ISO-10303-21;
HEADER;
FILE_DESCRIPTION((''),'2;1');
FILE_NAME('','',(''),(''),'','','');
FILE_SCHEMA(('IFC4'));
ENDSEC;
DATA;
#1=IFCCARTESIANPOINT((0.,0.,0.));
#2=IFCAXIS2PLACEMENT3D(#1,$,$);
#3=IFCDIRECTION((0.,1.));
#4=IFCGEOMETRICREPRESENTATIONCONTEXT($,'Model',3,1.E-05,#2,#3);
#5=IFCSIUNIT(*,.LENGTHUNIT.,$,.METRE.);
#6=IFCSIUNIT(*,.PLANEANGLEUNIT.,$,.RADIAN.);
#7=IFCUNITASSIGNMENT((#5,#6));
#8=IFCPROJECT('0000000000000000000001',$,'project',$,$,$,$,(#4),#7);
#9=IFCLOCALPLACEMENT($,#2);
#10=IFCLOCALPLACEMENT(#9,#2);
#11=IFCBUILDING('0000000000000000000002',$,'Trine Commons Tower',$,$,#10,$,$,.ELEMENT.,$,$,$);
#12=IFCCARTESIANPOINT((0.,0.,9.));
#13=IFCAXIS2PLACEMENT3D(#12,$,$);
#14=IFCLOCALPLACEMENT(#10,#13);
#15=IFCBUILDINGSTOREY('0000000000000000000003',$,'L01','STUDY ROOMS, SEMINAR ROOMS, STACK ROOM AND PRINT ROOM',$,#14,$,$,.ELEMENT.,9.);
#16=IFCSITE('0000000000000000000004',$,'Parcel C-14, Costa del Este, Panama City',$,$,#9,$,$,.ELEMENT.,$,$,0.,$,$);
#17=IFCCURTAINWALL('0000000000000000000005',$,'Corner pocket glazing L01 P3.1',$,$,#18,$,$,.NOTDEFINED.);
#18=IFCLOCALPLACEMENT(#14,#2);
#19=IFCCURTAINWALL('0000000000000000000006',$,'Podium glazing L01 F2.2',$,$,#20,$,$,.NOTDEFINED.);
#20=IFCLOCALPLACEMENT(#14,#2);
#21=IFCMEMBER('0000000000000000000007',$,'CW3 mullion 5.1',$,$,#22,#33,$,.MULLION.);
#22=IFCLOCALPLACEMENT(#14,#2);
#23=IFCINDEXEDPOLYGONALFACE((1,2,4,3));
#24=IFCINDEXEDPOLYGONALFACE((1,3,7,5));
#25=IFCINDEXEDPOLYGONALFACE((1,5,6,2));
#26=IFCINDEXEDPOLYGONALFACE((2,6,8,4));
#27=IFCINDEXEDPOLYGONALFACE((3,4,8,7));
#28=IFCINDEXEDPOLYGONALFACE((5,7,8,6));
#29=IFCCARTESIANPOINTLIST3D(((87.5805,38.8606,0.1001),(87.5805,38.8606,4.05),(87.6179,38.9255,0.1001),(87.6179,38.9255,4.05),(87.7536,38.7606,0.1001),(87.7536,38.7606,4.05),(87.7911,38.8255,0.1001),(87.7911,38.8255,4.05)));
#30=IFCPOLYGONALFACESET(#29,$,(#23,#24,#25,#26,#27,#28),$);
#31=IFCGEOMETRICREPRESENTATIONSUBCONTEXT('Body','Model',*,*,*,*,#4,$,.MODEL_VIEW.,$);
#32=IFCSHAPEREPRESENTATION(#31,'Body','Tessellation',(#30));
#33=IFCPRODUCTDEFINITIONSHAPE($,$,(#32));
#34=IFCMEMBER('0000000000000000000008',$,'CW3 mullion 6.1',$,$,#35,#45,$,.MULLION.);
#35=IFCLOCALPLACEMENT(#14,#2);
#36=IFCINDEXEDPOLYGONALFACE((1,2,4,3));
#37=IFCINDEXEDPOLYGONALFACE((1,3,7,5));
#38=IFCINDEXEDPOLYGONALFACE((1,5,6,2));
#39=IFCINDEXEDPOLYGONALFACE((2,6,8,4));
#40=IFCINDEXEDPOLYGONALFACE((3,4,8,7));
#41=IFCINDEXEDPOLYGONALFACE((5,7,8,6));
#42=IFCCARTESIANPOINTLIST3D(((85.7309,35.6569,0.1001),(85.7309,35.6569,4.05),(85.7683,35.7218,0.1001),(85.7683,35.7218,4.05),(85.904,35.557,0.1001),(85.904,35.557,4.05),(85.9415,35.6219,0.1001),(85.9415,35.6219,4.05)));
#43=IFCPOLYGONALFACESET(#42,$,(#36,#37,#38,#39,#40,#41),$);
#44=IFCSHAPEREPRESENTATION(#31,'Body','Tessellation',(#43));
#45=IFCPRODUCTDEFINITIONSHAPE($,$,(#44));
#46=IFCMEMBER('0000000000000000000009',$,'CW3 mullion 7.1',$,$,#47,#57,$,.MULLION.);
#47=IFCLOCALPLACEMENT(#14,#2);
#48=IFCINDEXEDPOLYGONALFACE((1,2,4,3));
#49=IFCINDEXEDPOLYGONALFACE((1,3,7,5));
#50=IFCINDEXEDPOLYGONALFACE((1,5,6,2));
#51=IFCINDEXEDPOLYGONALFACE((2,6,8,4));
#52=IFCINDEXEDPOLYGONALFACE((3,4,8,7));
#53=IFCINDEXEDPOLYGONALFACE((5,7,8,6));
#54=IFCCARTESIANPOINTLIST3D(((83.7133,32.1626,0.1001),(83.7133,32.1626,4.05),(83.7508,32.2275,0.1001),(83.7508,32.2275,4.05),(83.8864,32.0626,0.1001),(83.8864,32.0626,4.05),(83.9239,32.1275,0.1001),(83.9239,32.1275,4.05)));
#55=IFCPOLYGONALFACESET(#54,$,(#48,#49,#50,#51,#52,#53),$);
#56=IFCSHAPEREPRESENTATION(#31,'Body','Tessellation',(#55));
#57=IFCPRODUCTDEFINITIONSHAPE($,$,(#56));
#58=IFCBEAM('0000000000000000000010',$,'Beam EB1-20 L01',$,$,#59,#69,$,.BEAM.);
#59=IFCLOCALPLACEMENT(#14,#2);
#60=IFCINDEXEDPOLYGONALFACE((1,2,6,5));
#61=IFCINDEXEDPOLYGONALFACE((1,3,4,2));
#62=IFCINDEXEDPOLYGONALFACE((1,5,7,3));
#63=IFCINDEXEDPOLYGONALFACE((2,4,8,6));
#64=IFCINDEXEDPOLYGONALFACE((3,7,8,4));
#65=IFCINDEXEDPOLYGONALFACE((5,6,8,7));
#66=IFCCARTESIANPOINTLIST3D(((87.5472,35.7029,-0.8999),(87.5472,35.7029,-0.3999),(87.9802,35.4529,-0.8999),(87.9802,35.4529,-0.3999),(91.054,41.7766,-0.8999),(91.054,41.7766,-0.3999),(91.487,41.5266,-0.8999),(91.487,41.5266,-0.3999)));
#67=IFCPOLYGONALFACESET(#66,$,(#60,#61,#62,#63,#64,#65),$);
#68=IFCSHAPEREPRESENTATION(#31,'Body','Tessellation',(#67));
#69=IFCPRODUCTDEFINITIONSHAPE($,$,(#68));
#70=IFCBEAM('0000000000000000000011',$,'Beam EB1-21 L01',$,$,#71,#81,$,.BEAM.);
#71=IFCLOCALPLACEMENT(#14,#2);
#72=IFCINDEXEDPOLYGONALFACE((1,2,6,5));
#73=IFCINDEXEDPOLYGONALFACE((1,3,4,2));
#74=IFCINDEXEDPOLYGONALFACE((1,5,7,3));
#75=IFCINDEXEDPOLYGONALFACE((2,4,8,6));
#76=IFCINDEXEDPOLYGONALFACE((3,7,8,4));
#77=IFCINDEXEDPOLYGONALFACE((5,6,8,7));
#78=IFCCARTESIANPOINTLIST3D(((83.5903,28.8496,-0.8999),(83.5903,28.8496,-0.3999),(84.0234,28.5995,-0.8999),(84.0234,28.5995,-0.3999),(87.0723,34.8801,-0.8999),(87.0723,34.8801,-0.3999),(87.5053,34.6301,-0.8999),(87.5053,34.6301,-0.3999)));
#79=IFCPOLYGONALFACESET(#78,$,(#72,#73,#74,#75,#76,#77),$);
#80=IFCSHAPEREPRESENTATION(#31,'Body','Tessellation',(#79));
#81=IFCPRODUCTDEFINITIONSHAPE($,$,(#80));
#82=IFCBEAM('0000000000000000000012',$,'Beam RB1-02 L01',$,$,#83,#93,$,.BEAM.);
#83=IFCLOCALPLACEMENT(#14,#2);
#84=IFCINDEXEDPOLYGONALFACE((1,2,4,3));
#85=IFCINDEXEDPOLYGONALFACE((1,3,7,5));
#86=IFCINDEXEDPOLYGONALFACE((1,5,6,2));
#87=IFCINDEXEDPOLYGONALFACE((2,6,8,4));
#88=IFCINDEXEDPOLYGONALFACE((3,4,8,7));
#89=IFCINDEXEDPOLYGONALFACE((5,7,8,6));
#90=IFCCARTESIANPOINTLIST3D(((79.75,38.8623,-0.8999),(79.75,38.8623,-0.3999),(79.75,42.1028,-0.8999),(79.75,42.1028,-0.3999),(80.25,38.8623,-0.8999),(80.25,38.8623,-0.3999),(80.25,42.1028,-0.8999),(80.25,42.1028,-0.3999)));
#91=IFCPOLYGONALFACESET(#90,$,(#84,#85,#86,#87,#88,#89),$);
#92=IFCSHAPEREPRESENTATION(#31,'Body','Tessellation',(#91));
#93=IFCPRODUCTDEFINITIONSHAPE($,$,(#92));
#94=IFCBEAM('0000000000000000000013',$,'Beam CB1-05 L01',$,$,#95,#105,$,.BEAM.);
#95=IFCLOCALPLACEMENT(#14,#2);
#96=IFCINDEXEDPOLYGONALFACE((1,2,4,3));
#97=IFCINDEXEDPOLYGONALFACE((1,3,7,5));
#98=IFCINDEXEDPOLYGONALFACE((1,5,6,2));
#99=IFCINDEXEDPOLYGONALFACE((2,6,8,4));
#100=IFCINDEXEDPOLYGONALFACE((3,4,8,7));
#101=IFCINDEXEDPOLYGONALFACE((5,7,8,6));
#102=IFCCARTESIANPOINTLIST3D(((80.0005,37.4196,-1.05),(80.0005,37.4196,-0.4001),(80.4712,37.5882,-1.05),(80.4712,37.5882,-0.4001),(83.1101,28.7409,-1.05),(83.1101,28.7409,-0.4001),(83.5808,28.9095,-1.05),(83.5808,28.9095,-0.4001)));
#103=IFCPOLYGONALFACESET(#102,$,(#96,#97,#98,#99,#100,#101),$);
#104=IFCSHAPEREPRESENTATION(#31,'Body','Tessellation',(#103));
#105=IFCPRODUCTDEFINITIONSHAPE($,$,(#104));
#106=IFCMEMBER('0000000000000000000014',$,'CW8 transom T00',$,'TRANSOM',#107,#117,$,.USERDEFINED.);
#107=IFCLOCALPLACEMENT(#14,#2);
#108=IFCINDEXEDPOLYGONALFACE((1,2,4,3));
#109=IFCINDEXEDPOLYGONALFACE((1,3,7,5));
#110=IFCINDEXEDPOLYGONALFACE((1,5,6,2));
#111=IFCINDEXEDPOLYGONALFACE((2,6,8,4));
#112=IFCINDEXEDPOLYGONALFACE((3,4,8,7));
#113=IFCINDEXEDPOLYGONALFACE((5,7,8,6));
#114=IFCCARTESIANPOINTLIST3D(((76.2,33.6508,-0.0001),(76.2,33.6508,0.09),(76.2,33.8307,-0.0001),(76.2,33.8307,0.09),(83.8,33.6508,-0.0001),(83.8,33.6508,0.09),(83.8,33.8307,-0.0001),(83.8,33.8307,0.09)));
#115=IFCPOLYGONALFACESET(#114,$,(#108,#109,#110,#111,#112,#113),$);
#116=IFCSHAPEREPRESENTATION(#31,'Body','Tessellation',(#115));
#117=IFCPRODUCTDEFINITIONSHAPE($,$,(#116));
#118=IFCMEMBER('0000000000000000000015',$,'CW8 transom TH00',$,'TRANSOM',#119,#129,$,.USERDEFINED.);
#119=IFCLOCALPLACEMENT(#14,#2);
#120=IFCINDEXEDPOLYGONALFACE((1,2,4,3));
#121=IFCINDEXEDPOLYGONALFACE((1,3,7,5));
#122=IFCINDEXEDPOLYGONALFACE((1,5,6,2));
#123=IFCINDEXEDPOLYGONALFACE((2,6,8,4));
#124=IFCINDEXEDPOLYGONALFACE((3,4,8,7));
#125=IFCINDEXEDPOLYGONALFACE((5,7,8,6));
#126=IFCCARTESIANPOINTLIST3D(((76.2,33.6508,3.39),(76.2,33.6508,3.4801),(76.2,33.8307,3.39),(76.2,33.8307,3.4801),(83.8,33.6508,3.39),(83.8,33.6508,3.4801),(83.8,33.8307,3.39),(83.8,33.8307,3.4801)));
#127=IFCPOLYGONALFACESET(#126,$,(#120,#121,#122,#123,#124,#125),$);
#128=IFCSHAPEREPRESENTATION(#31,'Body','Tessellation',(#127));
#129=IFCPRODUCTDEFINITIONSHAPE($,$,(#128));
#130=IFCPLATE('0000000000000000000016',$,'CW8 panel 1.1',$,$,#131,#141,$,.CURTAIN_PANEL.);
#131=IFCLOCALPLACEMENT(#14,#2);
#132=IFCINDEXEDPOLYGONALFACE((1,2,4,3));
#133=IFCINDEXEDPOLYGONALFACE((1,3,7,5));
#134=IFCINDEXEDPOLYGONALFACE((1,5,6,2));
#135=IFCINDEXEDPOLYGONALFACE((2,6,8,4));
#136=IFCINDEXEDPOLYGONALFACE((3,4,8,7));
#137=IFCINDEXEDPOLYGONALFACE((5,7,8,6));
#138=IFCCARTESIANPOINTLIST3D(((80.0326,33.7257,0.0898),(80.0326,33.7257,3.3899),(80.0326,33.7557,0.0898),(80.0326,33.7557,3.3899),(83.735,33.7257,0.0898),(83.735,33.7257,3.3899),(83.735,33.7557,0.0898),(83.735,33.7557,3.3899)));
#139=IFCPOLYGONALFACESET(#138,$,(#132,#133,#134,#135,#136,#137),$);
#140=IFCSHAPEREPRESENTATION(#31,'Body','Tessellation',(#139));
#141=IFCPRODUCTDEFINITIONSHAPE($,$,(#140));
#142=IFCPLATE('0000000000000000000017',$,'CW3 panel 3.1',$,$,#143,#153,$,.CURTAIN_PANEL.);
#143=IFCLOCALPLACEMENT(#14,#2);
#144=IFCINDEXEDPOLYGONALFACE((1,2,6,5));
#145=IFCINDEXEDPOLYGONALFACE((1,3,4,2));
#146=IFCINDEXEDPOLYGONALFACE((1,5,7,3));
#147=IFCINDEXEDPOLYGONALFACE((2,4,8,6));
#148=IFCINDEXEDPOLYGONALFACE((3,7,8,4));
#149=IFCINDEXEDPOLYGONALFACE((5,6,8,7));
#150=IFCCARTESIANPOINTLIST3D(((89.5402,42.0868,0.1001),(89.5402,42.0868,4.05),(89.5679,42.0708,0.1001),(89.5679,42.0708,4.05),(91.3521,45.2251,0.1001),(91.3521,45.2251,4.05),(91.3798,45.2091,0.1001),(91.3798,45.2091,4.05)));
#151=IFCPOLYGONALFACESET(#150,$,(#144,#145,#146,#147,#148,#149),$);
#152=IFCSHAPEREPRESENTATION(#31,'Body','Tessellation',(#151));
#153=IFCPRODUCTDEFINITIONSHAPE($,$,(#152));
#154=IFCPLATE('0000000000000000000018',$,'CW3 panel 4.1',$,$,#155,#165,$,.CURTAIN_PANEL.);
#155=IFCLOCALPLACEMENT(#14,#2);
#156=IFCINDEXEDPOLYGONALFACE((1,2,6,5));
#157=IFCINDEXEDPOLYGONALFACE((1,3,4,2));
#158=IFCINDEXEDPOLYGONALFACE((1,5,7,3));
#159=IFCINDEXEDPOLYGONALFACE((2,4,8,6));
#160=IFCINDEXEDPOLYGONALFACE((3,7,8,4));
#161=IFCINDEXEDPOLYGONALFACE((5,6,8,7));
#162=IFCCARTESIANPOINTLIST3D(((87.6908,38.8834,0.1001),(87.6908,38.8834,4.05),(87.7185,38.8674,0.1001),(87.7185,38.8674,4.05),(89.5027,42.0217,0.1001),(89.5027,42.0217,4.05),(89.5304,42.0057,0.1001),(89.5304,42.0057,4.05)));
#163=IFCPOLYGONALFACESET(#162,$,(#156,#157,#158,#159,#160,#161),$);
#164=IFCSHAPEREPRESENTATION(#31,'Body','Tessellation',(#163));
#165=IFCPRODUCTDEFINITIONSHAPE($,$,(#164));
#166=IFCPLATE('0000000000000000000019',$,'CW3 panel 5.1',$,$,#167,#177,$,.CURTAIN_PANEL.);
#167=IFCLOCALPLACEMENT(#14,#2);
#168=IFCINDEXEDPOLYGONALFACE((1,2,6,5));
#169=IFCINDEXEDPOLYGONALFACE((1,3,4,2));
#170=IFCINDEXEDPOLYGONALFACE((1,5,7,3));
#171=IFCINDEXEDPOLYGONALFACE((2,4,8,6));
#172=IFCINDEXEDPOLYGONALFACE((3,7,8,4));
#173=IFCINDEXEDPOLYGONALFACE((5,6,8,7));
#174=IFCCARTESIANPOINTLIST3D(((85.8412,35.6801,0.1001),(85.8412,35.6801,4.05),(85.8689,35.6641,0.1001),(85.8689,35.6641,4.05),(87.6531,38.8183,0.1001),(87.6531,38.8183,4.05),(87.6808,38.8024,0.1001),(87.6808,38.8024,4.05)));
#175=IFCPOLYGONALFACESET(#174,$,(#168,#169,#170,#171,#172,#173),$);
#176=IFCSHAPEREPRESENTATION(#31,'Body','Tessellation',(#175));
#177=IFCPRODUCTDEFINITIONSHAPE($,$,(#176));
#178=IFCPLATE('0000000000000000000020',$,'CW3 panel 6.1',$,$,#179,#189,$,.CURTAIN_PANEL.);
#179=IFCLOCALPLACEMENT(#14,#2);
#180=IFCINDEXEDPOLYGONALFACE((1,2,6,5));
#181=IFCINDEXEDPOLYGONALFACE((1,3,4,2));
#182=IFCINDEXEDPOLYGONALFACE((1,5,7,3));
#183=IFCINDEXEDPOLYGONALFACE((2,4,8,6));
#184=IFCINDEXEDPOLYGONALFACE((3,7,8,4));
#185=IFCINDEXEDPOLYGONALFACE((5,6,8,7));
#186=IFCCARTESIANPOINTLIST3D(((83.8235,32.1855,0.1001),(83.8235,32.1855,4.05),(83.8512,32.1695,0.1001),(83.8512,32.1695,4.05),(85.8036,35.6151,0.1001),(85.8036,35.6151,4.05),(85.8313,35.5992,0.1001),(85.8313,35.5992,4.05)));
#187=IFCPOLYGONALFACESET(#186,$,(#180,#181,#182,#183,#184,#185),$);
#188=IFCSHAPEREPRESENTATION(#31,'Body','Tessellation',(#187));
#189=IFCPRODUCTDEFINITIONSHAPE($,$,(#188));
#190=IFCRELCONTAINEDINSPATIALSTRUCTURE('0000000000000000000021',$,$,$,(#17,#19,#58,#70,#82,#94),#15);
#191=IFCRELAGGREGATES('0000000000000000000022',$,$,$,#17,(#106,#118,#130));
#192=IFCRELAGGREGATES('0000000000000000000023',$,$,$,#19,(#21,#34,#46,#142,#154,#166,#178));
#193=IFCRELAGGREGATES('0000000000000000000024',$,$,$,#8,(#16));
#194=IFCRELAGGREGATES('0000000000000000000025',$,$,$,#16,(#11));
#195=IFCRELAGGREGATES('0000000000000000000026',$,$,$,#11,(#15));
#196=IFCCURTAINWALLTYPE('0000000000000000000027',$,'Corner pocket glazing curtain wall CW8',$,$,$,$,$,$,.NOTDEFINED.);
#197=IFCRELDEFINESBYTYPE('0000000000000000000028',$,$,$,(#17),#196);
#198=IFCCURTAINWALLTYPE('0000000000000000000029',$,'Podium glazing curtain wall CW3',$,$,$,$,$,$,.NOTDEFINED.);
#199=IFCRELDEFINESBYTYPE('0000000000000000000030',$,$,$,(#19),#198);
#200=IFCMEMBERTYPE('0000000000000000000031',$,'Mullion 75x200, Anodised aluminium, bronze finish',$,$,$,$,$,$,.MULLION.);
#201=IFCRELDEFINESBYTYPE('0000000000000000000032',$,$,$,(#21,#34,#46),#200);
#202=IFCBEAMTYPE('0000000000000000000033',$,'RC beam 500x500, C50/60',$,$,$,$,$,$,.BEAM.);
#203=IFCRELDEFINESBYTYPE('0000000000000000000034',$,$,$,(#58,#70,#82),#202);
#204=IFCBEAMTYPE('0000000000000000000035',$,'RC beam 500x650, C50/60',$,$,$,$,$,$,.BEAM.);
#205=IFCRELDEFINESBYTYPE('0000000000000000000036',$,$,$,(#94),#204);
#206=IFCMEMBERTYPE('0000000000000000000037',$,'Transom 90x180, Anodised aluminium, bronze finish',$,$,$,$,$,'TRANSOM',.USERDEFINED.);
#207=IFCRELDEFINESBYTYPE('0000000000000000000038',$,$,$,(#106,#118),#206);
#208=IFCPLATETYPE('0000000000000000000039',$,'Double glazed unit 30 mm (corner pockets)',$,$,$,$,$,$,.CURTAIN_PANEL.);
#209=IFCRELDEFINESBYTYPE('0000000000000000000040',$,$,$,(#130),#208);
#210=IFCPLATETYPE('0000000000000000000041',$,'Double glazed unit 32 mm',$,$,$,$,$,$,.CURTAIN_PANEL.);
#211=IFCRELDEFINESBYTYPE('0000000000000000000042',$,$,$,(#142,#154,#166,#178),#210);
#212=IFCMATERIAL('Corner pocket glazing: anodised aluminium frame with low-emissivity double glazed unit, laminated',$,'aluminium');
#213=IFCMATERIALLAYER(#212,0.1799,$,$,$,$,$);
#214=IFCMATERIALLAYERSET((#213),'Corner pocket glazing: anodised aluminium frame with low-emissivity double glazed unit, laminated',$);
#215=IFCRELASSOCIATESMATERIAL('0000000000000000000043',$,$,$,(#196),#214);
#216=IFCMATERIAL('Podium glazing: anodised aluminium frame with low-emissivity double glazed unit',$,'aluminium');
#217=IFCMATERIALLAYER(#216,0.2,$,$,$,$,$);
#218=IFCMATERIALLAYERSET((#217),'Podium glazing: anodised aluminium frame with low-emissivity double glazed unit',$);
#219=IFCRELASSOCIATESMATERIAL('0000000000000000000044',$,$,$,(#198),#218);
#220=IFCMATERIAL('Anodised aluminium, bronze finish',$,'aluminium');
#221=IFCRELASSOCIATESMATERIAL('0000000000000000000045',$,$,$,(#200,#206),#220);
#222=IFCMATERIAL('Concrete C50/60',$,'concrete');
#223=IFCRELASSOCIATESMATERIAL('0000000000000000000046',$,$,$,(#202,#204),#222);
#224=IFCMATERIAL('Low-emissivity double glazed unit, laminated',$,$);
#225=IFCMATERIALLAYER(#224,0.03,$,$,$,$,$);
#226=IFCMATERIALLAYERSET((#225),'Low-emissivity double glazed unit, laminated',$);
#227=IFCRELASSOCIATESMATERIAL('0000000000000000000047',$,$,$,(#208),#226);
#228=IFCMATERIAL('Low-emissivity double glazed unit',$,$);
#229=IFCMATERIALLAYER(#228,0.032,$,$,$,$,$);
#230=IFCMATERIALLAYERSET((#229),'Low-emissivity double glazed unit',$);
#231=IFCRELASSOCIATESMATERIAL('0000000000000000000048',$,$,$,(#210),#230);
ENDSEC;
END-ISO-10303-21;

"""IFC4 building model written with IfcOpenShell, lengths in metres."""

from ifc_helpers import new_model, si_unit, direction, frame, origin, origin_2d, place, context, subcontext, project, spatial, rectangle, extrude, material, layer, layer_set, material_profile, profile_set, type_object, element, aggregate, save


model = new_model("IFC4")

# Units and contexts
model_context = context("Model", 3, precision=1e-05, world=origin(), true_north=direction((0.0, 1.0)))
body_context = subcontext(model_context, "Body", "Model", "MODEL_VIEW")
ifc_project = project(units=[si_unit("LENGTHUNIT", "METRE"), si_unit("PLANEANGLEUNIT", "RADIAN")], contexts=[model_context])

# Site, building, storey
site_placement = place(None, origin())
site = spatial("IfcSite", under=ifc_project, at=site_placement, Name="Parcel C-14, Costa del Este, Panama City", CompositionType="ELEMENT", RefElevation=0.0)
building_placement = place(site_placement, origin())
building = spatial("IfcBuilding", under=site, at=building_placement, Name="Trine Commons Tower", CompositionType="ELEMENT")
storey_placement = place(building_placement, frame((0.0, 0.0, 9.0)))
storey = spatial("IfcBuildingStorey", under=building, at=storey_placement, Name="L01", Description="STUDY ROOMS, SEMINAR ROOMS, STACK ROOM AND PRINT ROOM", CompositionType="ELEMENT", Elevation=9.0)

# Curtain walls, members
ifc_material_1 = material(Name="Corner pocket glazing: anodised aluminium frame with low-emissivity double glazed unit, laminated", Category="aluminium")
ifc_layer_1 = layer(ifc_material_1, 0.1799)
ifc_layer_set_1 = layer_set([ifc_layer_1], Name="Corner pocket glazing: anodised aluminium frame with low-emissivity double glazed unit, laminated")
curtain_wall_type_1 = type_object("IfcCurtainWallType", Name="Corner pocket glazing curtain wall CW8", PredefinedType="NOTDEFINED", material=ifc_layer_set_1)
curtain_wall_1_placement = place(storey_placement, origin())
curtain_wall_1 = element("IfcCurtainWall", 1, at=curtain_wall_1_placement, inside=storey, type_object=curtain_wall_type_1, Name="Corner pocket glazing L01 P3.1", PredefinedType="NOTDEFINED")
ifc_material_2 = material(Name="Anodised aluminium, bronze finish", Category="aluminium")
ifc_material_3 = material(Name="Podium glazing: anodised aluminium frame with low-emissivity double glazed unit", Category="aluminium")
ifc_layer_2 = layer(ifc_material_3, 0.2)
ifc_layer_set_2 = layer_set([ifc_layer_2], Name="Podium glazing: anodised aluminium frame with low-emissivity double glazed unit")
curtain_wall_type_2 = type_object("IfcCurtainWallType", Name="Podium glazing curtain wall CW3", PredefinedType="NOTDEFINED", material=ifc_layer_set_2)
curtain_wall_2_placement = place(storey_placement, origin())
curtain_wall_2 = element("IfcCurtainWall", 2, at=curtain_wall_2_placement, inside=storey, type_object=curtain_wall_type_2, Name="Podium glazing L01 F2.2", PredefinedType="NOTDEFINED")
ifc_material_profile_1 = material_profile(ifc_material_2, rectangle(XDim=0.2, YDim=0.075, at=origin_2d()), Name="Mullion 75x200")
ifc_profile_set_1 = profile_set([ifc_material_profile_1], Name="Anodised aluminium, bronze finish")
member_type_1 = type_object("IfcMemberType", Name="Mullion 75x200, Anodised aluminium, bronze finish", PredefinedType="MULLION", material=ifc_profile_set_1)
member_1_placement = place(storey_placement, frame((87.6858, 38.843, 0.1001), z_axis=(0.0, 0.0, 1.0), x_axis=(0.866025, -0.5, 0.0)))
member_1 = element("IfcMember", 3, at=member_1_placement, type_object=member_type_1, Name="CW3 mullion 5.1", PredefinedType="MULLION", context=body_context, shape_type="SweptSolid", body=[
    extrude(rectangle(XDim=0.2, YDim=0.075, at=origin_2d()), origin(), (0.0, 0.0, 1.0), 3.95),
])
member_2_placement = place(storey_placement, frame((85.8362, 35.6394, 0.1001), z_axis=(0.0, 0.0, 1.0), x_axis=(0.866025, -0.5, 0.0)))
member_2 = element("IfcMember", 4, at=member_2_placement, type_object=member_type_1, Name="CW3 mullion 6.1", PredefinedType="MULLION", context=body_context, shape_type="SweptSolid", body=[
    extrude(rectangle(XDim=0.2, YDim=0.075, at=origin_2d()), origin(), (0.0, 0.0, 1.0), 3.95),
])
member_3_placement = place(storey_placement, frame((83.8186, 32.145, 0.1001), z_axis=(0.0, 0.0, 1.0), x_axis=(0.866025, -0.5, 0.0)))
member_3 = element("IfcMember", 5, at=member_3_placement, type_object=member_type_1, Name="CW3 mullion 7.1", PredefinedType="MULLION", context=body_context, shape_type="SweptSolid", body=[
    extrude(rectangle(XDim=0.2, YDim=0.075, at=origin_2d()), origin(), (0.0, 0.0, 1.0), 3.95),
])

# Beams
ifc_material_4 = material(Name="Concrete C50/60", Category="concrete")
ifc_material_profile_2 = material_profile(ifc_material_4, rectangle(XDim=0.5, YDim=0.5, at=origin_2d()), Name="RC 500x500")
ifc_profile_set_2 = profile_set([ifc_material_profile_2], Name="Concrete C50/60")
beam_type_1 = type_object("IfcBeamType", Name="RC beam 500x500, C50/60", PredefinedType="BEAM", material=ifc_profile_set_2)
beam_1_placement = place(storey_placement, frame((91.2705, 41.6516, -0.6499), z_axis=(-0.500018, -0.866015, 0.0), x_axis=(0.866015, -0.500018, 0.0)))
element("IfcBeam", 6, at=beam_1_placement, inside=storey, type_object=beam_type_1, Name="Beam EB1-20 L01", PredefinedType="BEAM", context=body_context, shape_type="SweptSolid", body=[
    extrude(rectangle(XDim=0.5, YDim=0.5, at=origin_2d()), origin(), (0.0, 0.0, 1.0), 7.0134),
])
beam_2_placement = place(storey_placement, frame((87.2888, 34.7551, -0.6499), z_axis=(-0.500023, -0.866012, 0.0), x_axis=(0.866012, -0.500023, 0.0)))
element("IfcBeam", 7, at=beam_2_placement, inside=storey, type_object=beam_type_1, Name="Beam EB1-21 L01", PredefinedType="BEAM", context=body_context, shape_type="SweptSolid", body=[
    extrude(rectangle(XDim=0.5, YDim=0.5, at=origin_2d()), origin(), (0.0, 0.0, 1.0), 6.9636),
])
beam_3_placement = place(storey_placement, frame((80.0, 42.1028, -0.6499), z_axis=(0.0, -1.0, 0.0), x_axis=(1.0, 0.0, 0.0)))
element("IfcBeam", 8, at=beam_3_placement, inside=storey, type_object=beam_type_1, Name="Beam RB1-02 L01", PredefinedType="BEAM", context=body_context, shape_type="SweptSolid", body=[
    extrude(rectangle(XDim=0.5, YDim=0.5, at=origin_2d()), origin(), (0.0, 0.0, 1.0), 3.2405),
])
ifc_material_profile_3 = material_profile(ifc_material_4, rectangle(XDim=0.5, YDim=0.6499, at=origin_2d()), Name="RC 500x650")
ifc_profile_set_3 = profile_set([ifc_material_profile_3], Name="Concrete C50/60")
beam_type_2 = type_object("IfcBeamType", Name="RC beam 500x650, C50/60", PredefinedType="BEAM", material=ifc_profile_set_3)
beam_4_placement = place(storey_placement, frame((83.3455, 28.8252, -0.7251), z_axis=(-0.337306, 0.941395, 0.0), x_axis=(-0.941395, -0.337306, 0.0)))
element("IfcBeam", 9, at=beam_4_placement, inside=storey, type_object=beam_type_2, Name="Beam CB1-05 L01", PredefinedType="BEAM", context=body_context, shape_type="SweptSolid", body=[
    extrude(rectangle(XDim=0.5, YDim=0.6499, at=origin_2d()), origin(), (0.0, 0.0, 1.0), 9.219),
])

# Members
ifc_material_profile_4 = material_profile(ifc_material_2, rectangle(XDim=0.1799, YDim=0.0901, at=origin_2d()), Name="Transom 90x180")
ifc_profile_set_4 = profile_set([ifc_material_profile_4], Name="Anodised aluminium, bronze finish")
member_type_2 = type_object("IfcMemberType", Name="Transom 90x180, Anodised aluminium, bronze finish", ElementType="TRANSOM", PredefinedType="USERDEFINED", material=ifc_profile_set_4)
member_4_placement = place(storey_placement, frame((83.8, 33.7407, 0.0449), z_axis=(-1.0, 0.0, 0.0), x_axis=(0.0, -1.0, 0.0)))
member_4 = element("IfcMember", 10, at=member_4_placement, type_object=member_type_2, Name="CW8 transom T00", ObjectType="TRANSOM", PredefinedType="USERDEFINED", context=body_context, shape_type="SweptSolid", body=[
    extrude(rectangle(XDim=0.1799, YDim=0.0901, at=origin_2d()), origin(), (0.0, 0.0, 1.0), 7.6001),
])
member_5_placement = place(storey_placement, frame((83.8, 33.7407, 3.4351), z_axis=(-1.0, 0.0, 0.0), x_axis=(0.0, -1.0, 0.0)))
member_5 = element("IfcMember", 11, at=member_5_placement, type_object=member_type_2, Name="CW8 transom TH00", ObjectType="TRANSOM", PredefinedType="USERDEFINED", context=body_context, shape_type="SweptSolid", body=[
    extrude(rectangle(XDim=0.1799, YDim=0.0901, at=origin_2d()), origin(), (0.0, 0.0, 1.0), 7.6001),
])

# Plates
ifc_material_5 = material(Name="Low-emissivity double glazed unit, laminated")
ifc_layer_3 = layer(ifc_material_5, 0.03)
ifc_layer_set_3 = layer_set([ifc_layer_3], Name="Low-emissivity double glazed unit, laminated")
plate_type_1 = type_object("IfcPlateType", Name="Double glazed unit 30 mm (corner pockets)", PredefinedType="CURTAIN_PANEL", material=ifc_layer_set_3)
plate_1_placement = place(storey_placement, frame((81.8838, 33.7407, 0.0898), z_axis=(0.0, 0.0, 1.0), x_axis=(-1.0, 0.0, 0.0)))
plate_1 = element("IfcPlate", 12, at=plate_1_placement, type_object=plate_type_1, Name="CW8 panel 1.1", PredefinedType="CURTAIN_PANEL", context=body_context, shape_type="SweptSolid", body=[
    extrude(rectangle(XDim=3.7024, YDim=0.03, at=origin_2d()), origin(), (0.0, 0.0, 1.0), 3.3),
])
aggregate(curtain_wall_1, [member_4, member_5, plate_1])
ifc_material_6 = material(Name="Low-emissivity double glazed unit")
ifc_layer_4 = layer(ifc_material_6, 0.032)
ifc_layer_set_4 = layer_set([ifc_layer_4], Name="Low-emissivity double glazed unit")
plate_type_2 = type_object("IfcPlateType", Name="Double glazed unit 32 mm", PredefinedType="CURTAIN_PANEL", material=ifc_layer_set_4)
plate_2_placement = place(storey_placement, frame((90.46, 43.6479, 0.1001), z_axis=(0.0, 0.0, 1.0), x_axis=(-0.5, -0.866025, 0.0)))
plate_2 = element("IfcPlate", 13, at=plate_2_placement, type_object=plate_type_2, Name="CW3 panel 3.1", PredefinedType="CURTAIN_PANEL", context=body_context, shape_type="SweptSolid", body=[
    extrude(rectangle(XDim=3.6238, YDim=0.032, at=origin_2d()), origin(), (0.0, 0.0, 1.0), 3.95),
])
plate_3_placement = place(storey_placement, frame((88.6106, 40.4446, 0.1001), z_axis=(0.0, 0.0, 1.0), x_axis=(-0.5, -0.866025, 0.0)))
plate_3 = element("IfcPlate", 14, at=plate_3_placement, type_object=plate_type_2, Name="CW3 panel 4.1", PredefinedType="CURTAIN_PANEL", context=body_context, shape_type="SweptSolid", body=[
    extrude(rectangle(XDim=3.6238, YDim=0.032, at=origin_2d()), origin(), (0.0, 0.0, 1.0), 3.95),
])
plate_4_placement = place(storey_placement, frame((86.761, 37.2412, 0.1001), z_axis=(0.0, 0.0, 1.0), x_axis=(-0.5, -0.866025, 0.0)))
plate_4 = element("IfcPlate", 15, at=plate_4_placement, type_object=plate_type_2, Name="CW3 panel 5.1", PredefinedType="CURTAIN_PANEL", context=body_context, shape_type="SweptSolid", body=[
    extrude(rectangle(XDim=3.6238, YDim=0.032, at=origin_2d()), origin(), (0.0, 0.0, 1.0), 3.95),
])
plate_5_placement = place(storey_placement, frame((84.8274, 33.8923, 0.1001), z_axis=(0.0, 0.0, 1.0), x_axis=(-0.5, -0.866025, 0.0)))
plate_5 = element("IfcPlate", 16, at=plate_5_placement, type_object=plate_type_2, Name="CW3 panel 6.1", PredefinedType="CURTAIN_PANEL", context=body_context, shape_type="SweptSolid", body=[
    extrude(rectangle(XDim=3.9602, YDim=0.032, at=origin_2d()), origin(), (0.0, 0.0, 1.0), 3.95),
])
aggregate(curtain_wall_2, [member_1, member_2, member_3, plate_2, plate_3, plate_4, plate_5])

save(model, "model.ifc")
